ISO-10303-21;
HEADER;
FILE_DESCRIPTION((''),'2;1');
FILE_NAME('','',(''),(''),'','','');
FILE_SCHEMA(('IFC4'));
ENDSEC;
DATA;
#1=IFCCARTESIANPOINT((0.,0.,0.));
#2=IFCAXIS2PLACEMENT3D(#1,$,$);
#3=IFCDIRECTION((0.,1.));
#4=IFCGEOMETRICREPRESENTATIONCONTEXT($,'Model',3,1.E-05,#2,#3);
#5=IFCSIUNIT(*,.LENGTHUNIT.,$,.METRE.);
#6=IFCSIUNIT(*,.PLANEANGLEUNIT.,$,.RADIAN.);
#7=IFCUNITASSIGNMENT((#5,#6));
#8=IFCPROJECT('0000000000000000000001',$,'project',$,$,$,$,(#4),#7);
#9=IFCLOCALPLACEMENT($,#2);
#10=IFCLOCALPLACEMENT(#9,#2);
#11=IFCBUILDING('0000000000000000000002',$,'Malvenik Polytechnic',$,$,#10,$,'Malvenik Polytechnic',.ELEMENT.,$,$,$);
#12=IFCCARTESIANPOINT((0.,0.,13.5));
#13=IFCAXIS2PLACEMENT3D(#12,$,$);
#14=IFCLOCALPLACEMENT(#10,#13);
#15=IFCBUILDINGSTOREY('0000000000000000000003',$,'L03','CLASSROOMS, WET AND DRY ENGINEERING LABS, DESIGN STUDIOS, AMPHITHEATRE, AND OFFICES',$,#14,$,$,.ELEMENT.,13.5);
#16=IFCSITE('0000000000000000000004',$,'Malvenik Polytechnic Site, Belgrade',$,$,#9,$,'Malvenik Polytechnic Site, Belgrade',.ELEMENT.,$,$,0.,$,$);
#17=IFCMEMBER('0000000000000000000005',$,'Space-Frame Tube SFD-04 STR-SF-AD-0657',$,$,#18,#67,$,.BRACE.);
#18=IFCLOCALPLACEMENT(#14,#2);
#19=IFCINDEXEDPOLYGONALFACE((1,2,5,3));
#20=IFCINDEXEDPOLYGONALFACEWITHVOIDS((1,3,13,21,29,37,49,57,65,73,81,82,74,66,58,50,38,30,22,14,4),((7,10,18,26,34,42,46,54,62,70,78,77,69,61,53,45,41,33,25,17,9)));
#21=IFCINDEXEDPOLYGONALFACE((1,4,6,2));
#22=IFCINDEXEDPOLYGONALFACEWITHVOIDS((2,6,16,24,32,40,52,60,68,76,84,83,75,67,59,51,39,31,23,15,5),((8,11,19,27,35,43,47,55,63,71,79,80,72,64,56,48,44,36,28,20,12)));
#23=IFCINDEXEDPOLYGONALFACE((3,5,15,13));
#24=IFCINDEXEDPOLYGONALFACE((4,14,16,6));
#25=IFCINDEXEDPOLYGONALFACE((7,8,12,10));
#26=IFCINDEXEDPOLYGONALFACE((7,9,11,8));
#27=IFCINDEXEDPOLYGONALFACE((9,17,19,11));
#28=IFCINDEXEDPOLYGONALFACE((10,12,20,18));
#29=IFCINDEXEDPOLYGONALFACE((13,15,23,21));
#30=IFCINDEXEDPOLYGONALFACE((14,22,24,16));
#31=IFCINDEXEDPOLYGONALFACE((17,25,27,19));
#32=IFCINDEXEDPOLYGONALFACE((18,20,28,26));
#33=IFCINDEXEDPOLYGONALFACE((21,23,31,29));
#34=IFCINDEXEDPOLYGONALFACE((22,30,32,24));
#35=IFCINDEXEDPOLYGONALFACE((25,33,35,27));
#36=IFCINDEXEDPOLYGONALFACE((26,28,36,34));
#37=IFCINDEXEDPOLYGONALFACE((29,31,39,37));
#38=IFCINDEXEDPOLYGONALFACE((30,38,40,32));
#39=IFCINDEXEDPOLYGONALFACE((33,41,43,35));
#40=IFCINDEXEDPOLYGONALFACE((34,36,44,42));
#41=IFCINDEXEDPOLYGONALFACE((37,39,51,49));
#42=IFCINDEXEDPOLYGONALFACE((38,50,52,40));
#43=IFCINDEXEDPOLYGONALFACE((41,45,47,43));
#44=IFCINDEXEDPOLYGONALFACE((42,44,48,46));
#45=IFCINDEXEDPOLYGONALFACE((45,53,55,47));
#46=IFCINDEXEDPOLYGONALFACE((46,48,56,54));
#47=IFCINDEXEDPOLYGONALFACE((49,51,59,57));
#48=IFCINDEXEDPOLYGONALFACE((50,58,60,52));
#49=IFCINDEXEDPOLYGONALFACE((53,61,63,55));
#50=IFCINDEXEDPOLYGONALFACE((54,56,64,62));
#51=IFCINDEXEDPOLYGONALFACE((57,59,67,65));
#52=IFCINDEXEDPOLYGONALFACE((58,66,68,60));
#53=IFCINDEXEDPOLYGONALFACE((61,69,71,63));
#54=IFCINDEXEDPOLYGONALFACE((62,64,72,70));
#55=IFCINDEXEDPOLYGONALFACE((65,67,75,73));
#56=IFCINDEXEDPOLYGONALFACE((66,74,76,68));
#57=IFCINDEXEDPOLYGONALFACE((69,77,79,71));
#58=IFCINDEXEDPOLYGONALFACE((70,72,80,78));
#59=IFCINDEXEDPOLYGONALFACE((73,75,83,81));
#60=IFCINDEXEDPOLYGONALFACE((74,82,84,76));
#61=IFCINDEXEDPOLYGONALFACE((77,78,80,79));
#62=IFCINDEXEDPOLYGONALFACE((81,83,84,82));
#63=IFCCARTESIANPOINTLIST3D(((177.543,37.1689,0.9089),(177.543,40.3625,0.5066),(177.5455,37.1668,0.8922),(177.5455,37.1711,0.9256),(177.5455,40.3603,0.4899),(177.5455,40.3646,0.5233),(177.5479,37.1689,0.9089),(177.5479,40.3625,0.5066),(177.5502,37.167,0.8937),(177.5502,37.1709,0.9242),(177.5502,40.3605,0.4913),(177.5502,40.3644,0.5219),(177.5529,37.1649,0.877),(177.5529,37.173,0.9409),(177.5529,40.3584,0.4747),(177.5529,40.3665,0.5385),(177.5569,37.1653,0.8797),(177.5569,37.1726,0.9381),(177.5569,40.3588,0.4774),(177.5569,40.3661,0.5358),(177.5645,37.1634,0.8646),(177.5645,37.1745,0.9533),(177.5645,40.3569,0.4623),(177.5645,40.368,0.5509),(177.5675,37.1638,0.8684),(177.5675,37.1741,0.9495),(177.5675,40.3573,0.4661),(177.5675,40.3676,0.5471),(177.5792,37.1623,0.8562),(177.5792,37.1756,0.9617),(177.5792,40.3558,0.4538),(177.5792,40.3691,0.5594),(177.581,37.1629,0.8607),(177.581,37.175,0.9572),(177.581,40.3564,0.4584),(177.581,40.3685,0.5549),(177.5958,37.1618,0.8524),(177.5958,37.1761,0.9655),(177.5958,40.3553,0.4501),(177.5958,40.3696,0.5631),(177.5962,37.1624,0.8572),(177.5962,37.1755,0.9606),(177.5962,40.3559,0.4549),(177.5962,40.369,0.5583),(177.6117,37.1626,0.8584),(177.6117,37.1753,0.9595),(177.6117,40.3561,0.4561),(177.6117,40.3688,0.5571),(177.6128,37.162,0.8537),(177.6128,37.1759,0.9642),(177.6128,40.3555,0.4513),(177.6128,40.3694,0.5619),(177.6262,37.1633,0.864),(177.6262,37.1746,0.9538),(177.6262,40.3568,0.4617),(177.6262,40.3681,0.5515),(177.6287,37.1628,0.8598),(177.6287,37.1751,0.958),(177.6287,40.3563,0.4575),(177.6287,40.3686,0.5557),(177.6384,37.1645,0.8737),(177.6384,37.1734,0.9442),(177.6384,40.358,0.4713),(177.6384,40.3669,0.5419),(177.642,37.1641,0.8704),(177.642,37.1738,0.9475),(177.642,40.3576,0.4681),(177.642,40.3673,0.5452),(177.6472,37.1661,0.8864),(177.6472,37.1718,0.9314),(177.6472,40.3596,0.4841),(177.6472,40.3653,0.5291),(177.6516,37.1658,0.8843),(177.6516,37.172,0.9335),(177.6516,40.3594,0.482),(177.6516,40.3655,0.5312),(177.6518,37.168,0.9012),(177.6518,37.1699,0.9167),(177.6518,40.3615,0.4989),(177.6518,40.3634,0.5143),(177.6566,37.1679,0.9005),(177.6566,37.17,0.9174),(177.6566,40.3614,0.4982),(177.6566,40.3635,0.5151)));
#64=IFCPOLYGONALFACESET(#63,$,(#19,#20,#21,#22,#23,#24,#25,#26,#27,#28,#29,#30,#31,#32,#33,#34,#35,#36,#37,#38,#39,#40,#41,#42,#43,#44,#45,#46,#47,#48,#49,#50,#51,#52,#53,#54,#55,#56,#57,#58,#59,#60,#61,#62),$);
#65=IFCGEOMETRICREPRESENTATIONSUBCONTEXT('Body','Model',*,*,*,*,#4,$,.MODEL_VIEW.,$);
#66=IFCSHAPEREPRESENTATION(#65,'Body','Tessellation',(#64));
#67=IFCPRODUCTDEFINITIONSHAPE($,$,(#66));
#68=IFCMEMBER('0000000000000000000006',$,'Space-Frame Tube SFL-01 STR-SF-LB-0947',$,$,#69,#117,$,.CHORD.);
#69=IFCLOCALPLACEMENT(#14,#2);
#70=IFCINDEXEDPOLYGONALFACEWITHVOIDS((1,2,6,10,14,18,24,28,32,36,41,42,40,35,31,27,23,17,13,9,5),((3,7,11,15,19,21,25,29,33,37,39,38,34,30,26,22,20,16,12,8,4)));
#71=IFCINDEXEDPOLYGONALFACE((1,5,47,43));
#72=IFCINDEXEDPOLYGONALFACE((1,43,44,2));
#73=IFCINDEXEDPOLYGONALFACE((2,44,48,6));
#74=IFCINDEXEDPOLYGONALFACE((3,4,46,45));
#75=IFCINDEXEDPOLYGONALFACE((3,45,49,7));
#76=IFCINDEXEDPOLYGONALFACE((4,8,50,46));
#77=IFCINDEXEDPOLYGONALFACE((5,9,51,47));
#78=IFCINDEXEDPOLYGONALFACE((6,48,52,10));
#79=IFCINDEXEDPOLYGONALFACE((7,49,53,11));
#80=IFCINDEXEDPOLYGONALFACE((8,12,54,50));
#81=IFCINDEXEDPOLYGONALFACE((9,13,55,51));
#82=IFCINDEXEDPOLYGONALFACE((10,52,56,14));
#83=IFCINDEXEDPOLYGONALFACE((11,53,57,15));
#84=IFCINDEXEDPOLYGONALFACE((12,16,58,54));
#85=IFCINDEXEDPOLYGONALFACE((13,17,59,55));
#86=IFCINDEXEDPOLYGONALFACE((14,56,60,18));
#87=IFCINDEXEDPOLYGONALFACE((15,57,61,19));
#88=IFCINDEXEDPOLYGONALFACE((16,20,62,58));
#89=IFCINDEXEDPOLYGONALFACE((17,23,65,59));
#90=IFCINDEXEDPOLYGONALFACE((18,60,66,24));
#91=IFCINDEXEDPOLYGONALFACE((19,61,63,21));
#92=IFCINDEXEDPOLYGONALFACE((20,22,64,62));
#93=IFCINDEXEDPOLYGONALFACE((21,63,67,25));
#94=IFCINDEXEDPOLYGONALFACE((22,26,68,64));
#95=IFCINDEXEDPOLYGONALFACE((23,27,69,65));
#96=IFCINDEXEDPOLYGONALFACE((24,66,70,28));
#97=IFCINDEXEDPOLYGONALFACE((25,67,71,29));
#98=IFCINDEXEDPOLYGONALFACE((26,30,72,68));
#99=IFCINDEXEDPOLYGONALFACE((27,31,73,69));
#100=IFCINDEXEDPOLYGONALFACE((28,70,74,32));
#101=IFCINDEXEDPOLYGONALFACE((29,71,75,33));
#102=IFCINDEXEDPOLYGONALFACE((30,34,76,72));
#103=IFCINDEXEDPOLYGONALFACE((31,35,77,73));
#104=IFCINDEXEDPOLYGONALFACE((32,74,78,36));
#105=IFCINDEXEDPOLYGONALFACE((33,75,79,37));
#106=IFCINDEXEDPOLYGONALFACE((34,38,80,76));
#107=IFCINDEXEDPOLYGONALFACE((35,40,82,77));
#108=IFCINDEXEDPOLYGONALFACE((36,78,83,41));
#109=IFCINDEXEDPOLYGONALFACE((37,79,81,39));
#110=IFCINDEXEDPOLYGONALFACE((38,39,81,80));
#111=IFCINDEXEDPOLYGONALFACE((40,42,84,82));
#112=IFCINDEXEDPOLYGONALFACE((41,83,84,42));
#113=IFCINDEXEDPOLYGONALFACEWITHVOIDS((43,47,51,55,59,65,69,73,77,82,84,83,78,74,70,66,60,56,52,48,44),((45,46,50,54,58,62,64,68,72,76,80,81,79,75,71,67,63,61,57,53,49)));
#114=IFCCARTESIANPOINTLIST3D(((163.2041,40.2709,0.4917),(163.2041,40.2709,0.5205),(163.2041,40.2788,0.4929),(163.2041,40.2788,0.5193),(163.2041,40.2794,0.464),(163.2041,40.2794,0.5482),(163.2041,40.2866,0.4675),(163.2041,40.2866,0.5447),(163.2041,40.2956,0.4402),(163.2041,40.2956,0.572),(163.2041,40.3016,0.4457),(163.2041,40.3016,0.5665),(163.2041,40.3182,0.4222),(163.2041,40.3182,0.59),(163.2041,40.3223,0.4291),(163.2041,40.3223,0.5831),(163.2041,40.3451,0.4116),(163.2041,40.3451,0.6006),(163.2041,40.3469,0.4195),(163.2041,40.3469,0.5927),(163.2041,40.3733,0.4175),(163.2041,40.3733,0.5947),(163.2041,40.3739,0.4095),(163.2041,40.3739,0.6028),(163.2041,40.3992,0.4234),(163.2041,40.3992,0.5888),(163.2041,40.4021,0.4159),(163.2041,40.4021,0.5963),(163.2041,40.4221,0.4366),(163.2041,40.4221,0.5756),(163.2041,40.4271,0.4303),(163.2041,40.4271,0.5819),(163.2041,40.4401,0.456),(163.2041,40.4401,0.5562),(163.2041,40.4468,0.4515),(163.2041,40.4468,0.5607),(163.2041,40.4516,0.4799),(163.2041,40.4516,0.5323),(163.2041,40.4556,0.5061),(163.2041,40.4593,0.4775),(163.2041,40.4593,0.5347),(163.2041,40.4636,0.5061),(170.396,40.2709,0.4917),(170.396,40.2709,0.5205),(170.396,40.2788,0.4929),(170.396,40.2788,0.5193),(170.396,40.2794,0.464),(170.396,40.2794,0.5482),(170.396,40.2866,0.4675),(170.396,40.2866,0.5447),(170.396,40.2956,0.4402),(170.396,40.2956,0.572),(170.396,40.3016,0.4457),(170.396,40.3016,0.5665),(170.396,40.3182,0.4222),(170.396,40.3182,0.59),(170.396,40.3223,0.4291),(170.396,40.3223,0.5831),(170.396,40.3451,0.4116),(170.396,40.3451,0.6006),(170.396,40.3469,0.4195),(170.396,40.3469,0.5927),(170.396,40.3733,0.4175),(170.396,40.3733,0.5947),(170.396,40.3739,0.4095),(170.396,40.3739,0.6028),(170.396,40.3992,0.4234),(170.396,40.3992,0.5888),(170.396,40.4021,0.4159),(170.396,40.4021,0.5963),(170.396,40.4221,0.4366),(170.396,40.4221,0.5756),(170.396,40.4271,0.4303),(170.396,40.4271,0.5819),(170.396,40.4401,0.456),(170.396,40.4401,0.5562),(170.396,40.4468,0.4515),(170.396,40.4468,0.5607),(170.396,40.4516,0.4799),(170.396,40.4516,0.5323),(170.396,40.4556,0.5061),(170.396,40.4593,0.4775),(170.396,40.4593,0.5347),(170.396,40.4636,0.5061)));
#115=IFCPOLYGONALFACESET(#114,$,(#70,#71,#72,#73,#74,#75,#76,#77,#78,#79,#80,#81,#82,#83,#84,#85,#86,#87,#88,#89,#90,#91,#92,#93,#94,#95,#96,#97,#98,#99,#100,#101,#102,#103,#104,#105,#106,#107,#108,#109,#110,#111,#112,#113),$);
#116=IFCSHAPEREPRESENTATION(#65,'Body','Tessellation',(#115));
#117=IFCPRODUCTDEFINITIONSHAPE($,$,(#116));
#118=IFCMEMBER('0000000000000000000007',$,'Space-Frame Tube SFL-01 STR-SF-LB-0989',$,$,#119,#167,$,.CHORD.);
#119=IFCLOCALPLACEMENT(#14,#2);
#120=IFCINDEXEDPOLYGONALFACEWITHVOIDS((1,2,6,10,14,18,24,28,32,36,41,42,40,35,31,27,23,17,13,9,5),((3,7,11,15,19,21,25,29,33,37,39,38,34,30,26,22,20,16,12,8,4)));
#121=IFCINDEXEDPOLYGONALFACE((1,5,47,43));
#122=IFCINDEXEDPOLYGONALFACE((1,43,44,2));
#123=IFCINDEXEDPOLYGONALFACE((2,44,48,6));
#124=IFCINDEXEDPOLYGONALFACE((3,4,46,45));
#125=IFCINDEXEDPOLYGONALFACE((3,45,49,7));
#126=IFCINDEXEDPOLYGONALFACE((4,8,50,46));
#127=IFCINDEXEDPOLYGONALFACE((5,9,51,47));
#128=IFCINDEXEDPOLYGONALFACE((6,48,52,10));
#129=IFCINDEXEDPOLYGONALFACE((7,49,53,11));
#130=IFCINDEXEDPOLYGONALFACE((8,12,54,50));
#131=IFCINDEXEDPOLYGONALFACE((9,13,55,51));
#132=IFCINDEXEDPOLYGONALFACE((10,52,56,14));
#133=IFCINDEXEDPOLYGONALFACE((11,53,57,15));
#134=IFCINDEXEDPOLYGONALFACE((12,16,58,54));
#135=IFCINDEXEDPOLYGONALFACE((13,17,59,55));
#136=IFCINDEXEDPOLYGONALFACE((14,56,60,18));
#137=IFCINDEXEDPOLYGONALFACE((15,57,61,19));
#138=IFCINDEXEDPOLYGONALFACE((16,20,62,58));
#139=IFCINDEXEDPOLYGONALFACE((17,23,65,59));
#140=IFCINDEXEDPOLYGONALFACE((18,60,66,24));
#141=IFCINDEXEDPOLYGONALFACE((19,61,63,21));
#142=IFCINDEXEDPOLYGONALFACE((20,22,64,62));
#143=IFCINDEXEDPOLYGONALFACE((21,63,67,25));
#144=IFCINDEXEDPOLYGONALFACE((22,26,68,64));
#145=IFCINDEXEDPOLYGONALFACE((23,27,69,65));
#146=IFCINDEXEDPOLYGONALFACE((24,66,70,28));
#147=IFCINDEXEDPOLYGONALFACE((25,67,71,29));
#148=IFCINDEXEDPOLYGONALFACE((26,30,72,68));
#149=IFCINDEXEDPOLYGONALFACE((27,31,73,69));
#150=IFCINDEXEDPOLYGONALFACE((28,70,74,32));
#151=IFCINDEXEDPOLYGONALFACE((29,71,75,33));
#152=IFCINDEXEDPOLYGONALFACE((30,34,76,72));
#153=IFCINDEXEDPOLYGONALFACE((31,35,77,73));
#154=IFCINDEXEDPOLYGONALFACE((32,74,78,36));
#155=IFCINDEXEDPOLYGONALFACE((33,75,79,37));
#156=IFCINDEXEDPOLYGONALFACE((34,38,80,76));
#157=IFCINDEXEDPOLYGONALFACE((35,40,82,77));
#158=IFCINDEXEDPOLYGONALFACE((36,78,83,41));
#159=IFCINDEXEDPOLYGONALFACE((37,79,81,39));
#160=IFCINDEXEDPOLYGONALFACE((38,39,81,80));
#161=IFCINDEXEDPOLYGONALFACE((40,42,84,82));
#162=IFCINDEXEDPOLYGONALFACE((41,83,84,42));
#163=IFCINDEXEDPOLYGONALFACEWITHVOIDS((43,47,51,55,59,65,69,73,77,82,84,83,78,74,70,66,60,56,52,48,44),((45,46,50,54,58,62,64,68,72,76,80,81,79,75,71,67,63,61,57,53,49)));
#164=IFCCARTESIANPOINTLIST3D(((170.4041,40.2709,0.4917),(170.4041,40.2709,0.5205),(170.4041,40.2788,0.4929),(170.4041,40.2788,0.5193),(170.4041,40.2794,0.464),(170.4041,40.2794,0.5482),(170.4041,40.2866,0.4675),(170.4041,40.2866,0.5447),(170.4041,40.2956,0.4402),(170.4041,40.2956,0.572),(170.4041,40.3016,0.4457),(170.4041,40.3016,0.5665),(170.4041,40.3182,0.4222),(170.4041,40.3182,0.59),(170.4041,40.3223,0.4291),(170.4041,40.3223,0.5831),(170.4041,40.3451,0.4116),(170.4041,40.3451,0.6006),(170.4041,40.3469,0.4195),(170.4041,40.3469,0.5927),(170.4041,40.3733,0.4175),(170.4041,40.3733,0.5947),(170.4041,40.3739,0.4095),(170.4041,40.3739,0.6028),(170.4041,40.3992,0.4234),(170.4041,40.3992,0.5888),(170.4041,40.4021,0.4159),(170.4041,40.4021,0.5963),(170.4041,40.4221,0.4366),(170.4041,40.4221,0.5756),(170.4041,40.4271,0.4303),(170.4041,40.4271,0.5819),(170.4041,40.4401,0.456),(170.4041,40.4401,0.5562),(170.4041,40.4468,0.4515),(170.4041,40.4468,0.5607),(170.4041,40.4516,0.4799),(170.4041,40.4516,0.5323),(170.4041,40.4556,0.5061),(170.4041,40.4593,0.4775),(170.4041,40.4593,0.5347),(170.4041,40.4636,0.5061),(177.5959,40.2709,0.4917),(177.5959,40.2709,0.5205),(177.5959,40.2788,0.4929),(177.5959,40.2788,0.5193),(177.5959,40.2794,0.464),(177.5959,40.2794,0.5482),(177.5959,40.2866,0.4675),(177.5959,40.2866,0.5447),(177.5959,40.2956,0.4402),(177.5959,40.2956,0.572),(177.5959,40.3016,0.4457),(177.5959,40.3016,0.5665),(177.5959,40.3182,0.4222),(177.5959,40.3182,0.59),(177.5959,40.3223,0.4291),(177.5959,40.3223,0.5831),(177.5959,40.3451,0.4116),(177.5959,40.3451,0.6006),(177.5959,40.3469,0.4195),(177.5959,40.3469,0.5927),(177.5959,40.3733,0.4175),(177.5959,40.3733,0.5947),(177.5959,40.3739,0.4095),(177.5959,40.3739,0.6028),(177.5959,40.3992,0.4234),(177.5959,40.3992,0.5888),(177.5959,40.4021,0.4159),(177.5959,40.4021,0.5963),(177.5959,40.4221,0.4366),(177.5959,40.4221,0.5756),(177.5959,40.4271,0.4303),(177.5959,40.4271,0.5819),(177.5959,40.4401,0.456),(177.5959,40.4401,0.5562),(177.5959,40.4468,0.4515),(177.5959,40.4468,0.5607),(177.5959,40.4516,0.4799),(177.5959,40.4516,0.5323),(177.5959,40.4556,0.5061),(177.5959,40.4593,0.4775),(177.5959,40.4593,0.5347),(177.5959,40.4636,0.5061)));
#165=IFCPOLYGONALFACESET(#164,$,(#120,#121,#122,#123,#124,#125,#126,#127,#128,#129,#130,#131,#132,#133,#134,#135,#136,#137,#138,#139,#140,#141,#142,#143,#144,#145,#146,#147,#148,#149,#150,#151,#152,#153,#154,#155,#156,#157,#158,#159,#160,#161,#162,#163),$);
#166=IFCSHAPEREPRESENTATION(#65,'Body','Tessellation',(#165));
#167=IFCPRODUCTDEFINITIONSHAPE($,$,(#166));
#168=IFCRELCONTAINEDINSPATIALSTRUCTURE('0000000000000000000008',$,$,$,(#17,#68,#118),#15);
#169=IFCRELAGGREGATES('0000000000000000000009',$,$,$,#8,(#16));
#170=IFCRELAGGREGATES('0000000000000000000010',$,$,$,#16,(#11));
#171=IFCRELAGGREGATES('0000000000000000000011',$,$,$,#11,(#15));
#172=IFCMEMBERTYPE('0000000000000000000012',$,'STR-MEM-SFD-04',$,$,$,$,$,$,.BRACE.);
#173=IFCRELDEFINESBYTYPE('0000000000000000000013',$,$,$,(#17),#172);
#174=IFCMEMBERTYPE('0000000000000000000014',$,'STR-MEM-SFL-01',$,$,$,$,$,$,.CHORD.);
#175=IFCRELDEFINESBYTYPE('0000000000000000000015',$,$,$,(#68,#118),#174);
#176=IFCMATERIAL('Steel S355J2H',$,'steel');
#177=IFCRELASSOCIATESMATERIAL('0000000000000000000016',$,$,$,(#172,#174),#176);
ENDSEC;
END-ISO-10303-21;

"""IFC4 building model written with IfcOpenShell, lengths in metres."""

from ifc_helpers import new_model, si_unit, direction, frame, origin, origin_2d, place, context, subcontext, project, spatial, hollow_circle, extrude, material, material_profile, profile_set, type_object, element, save


model = new_model("IFC4")

# Units and contexts
model_context = context("Model", 3, precision=1e-05, world=origin(), true_north=direction((0.0, 1.0)))
body_context = subcontext(model_context, "Body", "Model", "MODEL_VIEW")
ifc_project = project(units=[si_unit("LENGTHUNIT", "METRE"), si_unit("PLANEANGLEUNIT", "RADIAN")], contexts=[model_context])

# Site, building, storey
site_placement = place(None, origin())
site = spatial("IfcSite", under=ifc_project, at=site_placement, Name="Malvenik Polytechnic Site, Belgrade", LongName="Malvenik Polytechnic Site, Belgrade", CompositionType="ELEMENT", RefElevation=0.0)
building_placement = place(site_placement, origin())
building = spatial("IfcBuilding", under=site, at=building_placement, Name="Malvenik Polytechnic", LongName="Malvenik Polytechnic", CompositionType="ELEMENT")
storey_placement = place(building_placement, frame((0.0, 0.0, 13.5)))
storey = spatial("IfcBuildingStorey", under=building, at=storey_placement, Name="L03", Description="CLASSROOMS, WET AND DRY ENGINEERING LABS, DESIGN STUDIOS, AMPHITHEATRE, AND OFFICES", CompositionType="ELEMENT", Elevation=13.5)

# Members
ifc_material_1 = material(Name="Steel S355J2H", Category="steel")
ifc_material_profile_1 = material_profile(ifc_material_1, hollow_circle(Radius=0.0571, WallThickness=0.0049, at=origin_2d()), Name="CHS 114.3x5.0")
ifc_profile_set_1 = profile_set([ifc_material_profile_1], Name="Steel S355J2H")
member_type_1 = type_object("IfcMemberType", Name="STR-MEM-SFD-04", PredefinedType="BRACE", material=ifc_profile_set_1)
member_1_placement = place(storey_placement, frame((177.6001, 37.1689, 0.9089), z_axis=(0.0, 0.992157, -0.124996), x_axis=(-1.0, 0.0, 0.0)))
element("IfcMember", 1, at=member_1_placement, inside=storey, type_object=member_type_1, Name="Space-Frame Tube SFD-04 STR-SF-AD-0657", PredefinedType="BRACE", context=body_context, shape_type="SweptSolid", body=[
    extrude(hollow_circle(Radius=0.0571, WallThickness=0.0049, at=origin_2d()), origin(), (0.0, 0.0, 1.0), 3.2188),
])
ifc_material_profile_2 = material_profile(ifc_material_1, hollow_circle(Radius=0.0969, WallThickness=0.0081, at=origin_2d()), Name="CHS 193.7x8.0")
ifc_profile_set_2 = profile_set([ifc_material_profile_2], Name="Steel S355J2H")
member_type_2 = type_object("IfcMemberType", Name="STR-MEM-SFL-01", PredefinedType="CHORD", material=ifc_profile_set_2)
for number, where, z_axis, x_axis, name in (
    (2, (163.2041, 40.3667, 0.5061), (1.0, 0.0, 0.0), (0.0, 1.0, 0.0), "Space-Frame Tube SFL-01 STR-SF-LB-0947"),
    (3, (170.4041, 40.3667, 0.5061), (1.0, 0.0, 0.0), (0.0, 1.0, 0.0), "Space-Frame Tube SFL-01 STR-SF-LB-0989"),
):
    element("IfcMember", number, at=place(storey_placement, frame(where, z_axis=z_axis, x_axis=x_axis)), inside=storey, type_object=member_type_2, Name=name, PredefinedType="CHORD", context=body_context, shape_type="SweptSolid", body=[
        extrude(hollow_circle(Radius=0.0969, WallThickness=0.0081, at=origin_2d()), origin(), (0.0, 0.0, 1.0), 7.1919),
    ])

save(model, "model.ifc")
